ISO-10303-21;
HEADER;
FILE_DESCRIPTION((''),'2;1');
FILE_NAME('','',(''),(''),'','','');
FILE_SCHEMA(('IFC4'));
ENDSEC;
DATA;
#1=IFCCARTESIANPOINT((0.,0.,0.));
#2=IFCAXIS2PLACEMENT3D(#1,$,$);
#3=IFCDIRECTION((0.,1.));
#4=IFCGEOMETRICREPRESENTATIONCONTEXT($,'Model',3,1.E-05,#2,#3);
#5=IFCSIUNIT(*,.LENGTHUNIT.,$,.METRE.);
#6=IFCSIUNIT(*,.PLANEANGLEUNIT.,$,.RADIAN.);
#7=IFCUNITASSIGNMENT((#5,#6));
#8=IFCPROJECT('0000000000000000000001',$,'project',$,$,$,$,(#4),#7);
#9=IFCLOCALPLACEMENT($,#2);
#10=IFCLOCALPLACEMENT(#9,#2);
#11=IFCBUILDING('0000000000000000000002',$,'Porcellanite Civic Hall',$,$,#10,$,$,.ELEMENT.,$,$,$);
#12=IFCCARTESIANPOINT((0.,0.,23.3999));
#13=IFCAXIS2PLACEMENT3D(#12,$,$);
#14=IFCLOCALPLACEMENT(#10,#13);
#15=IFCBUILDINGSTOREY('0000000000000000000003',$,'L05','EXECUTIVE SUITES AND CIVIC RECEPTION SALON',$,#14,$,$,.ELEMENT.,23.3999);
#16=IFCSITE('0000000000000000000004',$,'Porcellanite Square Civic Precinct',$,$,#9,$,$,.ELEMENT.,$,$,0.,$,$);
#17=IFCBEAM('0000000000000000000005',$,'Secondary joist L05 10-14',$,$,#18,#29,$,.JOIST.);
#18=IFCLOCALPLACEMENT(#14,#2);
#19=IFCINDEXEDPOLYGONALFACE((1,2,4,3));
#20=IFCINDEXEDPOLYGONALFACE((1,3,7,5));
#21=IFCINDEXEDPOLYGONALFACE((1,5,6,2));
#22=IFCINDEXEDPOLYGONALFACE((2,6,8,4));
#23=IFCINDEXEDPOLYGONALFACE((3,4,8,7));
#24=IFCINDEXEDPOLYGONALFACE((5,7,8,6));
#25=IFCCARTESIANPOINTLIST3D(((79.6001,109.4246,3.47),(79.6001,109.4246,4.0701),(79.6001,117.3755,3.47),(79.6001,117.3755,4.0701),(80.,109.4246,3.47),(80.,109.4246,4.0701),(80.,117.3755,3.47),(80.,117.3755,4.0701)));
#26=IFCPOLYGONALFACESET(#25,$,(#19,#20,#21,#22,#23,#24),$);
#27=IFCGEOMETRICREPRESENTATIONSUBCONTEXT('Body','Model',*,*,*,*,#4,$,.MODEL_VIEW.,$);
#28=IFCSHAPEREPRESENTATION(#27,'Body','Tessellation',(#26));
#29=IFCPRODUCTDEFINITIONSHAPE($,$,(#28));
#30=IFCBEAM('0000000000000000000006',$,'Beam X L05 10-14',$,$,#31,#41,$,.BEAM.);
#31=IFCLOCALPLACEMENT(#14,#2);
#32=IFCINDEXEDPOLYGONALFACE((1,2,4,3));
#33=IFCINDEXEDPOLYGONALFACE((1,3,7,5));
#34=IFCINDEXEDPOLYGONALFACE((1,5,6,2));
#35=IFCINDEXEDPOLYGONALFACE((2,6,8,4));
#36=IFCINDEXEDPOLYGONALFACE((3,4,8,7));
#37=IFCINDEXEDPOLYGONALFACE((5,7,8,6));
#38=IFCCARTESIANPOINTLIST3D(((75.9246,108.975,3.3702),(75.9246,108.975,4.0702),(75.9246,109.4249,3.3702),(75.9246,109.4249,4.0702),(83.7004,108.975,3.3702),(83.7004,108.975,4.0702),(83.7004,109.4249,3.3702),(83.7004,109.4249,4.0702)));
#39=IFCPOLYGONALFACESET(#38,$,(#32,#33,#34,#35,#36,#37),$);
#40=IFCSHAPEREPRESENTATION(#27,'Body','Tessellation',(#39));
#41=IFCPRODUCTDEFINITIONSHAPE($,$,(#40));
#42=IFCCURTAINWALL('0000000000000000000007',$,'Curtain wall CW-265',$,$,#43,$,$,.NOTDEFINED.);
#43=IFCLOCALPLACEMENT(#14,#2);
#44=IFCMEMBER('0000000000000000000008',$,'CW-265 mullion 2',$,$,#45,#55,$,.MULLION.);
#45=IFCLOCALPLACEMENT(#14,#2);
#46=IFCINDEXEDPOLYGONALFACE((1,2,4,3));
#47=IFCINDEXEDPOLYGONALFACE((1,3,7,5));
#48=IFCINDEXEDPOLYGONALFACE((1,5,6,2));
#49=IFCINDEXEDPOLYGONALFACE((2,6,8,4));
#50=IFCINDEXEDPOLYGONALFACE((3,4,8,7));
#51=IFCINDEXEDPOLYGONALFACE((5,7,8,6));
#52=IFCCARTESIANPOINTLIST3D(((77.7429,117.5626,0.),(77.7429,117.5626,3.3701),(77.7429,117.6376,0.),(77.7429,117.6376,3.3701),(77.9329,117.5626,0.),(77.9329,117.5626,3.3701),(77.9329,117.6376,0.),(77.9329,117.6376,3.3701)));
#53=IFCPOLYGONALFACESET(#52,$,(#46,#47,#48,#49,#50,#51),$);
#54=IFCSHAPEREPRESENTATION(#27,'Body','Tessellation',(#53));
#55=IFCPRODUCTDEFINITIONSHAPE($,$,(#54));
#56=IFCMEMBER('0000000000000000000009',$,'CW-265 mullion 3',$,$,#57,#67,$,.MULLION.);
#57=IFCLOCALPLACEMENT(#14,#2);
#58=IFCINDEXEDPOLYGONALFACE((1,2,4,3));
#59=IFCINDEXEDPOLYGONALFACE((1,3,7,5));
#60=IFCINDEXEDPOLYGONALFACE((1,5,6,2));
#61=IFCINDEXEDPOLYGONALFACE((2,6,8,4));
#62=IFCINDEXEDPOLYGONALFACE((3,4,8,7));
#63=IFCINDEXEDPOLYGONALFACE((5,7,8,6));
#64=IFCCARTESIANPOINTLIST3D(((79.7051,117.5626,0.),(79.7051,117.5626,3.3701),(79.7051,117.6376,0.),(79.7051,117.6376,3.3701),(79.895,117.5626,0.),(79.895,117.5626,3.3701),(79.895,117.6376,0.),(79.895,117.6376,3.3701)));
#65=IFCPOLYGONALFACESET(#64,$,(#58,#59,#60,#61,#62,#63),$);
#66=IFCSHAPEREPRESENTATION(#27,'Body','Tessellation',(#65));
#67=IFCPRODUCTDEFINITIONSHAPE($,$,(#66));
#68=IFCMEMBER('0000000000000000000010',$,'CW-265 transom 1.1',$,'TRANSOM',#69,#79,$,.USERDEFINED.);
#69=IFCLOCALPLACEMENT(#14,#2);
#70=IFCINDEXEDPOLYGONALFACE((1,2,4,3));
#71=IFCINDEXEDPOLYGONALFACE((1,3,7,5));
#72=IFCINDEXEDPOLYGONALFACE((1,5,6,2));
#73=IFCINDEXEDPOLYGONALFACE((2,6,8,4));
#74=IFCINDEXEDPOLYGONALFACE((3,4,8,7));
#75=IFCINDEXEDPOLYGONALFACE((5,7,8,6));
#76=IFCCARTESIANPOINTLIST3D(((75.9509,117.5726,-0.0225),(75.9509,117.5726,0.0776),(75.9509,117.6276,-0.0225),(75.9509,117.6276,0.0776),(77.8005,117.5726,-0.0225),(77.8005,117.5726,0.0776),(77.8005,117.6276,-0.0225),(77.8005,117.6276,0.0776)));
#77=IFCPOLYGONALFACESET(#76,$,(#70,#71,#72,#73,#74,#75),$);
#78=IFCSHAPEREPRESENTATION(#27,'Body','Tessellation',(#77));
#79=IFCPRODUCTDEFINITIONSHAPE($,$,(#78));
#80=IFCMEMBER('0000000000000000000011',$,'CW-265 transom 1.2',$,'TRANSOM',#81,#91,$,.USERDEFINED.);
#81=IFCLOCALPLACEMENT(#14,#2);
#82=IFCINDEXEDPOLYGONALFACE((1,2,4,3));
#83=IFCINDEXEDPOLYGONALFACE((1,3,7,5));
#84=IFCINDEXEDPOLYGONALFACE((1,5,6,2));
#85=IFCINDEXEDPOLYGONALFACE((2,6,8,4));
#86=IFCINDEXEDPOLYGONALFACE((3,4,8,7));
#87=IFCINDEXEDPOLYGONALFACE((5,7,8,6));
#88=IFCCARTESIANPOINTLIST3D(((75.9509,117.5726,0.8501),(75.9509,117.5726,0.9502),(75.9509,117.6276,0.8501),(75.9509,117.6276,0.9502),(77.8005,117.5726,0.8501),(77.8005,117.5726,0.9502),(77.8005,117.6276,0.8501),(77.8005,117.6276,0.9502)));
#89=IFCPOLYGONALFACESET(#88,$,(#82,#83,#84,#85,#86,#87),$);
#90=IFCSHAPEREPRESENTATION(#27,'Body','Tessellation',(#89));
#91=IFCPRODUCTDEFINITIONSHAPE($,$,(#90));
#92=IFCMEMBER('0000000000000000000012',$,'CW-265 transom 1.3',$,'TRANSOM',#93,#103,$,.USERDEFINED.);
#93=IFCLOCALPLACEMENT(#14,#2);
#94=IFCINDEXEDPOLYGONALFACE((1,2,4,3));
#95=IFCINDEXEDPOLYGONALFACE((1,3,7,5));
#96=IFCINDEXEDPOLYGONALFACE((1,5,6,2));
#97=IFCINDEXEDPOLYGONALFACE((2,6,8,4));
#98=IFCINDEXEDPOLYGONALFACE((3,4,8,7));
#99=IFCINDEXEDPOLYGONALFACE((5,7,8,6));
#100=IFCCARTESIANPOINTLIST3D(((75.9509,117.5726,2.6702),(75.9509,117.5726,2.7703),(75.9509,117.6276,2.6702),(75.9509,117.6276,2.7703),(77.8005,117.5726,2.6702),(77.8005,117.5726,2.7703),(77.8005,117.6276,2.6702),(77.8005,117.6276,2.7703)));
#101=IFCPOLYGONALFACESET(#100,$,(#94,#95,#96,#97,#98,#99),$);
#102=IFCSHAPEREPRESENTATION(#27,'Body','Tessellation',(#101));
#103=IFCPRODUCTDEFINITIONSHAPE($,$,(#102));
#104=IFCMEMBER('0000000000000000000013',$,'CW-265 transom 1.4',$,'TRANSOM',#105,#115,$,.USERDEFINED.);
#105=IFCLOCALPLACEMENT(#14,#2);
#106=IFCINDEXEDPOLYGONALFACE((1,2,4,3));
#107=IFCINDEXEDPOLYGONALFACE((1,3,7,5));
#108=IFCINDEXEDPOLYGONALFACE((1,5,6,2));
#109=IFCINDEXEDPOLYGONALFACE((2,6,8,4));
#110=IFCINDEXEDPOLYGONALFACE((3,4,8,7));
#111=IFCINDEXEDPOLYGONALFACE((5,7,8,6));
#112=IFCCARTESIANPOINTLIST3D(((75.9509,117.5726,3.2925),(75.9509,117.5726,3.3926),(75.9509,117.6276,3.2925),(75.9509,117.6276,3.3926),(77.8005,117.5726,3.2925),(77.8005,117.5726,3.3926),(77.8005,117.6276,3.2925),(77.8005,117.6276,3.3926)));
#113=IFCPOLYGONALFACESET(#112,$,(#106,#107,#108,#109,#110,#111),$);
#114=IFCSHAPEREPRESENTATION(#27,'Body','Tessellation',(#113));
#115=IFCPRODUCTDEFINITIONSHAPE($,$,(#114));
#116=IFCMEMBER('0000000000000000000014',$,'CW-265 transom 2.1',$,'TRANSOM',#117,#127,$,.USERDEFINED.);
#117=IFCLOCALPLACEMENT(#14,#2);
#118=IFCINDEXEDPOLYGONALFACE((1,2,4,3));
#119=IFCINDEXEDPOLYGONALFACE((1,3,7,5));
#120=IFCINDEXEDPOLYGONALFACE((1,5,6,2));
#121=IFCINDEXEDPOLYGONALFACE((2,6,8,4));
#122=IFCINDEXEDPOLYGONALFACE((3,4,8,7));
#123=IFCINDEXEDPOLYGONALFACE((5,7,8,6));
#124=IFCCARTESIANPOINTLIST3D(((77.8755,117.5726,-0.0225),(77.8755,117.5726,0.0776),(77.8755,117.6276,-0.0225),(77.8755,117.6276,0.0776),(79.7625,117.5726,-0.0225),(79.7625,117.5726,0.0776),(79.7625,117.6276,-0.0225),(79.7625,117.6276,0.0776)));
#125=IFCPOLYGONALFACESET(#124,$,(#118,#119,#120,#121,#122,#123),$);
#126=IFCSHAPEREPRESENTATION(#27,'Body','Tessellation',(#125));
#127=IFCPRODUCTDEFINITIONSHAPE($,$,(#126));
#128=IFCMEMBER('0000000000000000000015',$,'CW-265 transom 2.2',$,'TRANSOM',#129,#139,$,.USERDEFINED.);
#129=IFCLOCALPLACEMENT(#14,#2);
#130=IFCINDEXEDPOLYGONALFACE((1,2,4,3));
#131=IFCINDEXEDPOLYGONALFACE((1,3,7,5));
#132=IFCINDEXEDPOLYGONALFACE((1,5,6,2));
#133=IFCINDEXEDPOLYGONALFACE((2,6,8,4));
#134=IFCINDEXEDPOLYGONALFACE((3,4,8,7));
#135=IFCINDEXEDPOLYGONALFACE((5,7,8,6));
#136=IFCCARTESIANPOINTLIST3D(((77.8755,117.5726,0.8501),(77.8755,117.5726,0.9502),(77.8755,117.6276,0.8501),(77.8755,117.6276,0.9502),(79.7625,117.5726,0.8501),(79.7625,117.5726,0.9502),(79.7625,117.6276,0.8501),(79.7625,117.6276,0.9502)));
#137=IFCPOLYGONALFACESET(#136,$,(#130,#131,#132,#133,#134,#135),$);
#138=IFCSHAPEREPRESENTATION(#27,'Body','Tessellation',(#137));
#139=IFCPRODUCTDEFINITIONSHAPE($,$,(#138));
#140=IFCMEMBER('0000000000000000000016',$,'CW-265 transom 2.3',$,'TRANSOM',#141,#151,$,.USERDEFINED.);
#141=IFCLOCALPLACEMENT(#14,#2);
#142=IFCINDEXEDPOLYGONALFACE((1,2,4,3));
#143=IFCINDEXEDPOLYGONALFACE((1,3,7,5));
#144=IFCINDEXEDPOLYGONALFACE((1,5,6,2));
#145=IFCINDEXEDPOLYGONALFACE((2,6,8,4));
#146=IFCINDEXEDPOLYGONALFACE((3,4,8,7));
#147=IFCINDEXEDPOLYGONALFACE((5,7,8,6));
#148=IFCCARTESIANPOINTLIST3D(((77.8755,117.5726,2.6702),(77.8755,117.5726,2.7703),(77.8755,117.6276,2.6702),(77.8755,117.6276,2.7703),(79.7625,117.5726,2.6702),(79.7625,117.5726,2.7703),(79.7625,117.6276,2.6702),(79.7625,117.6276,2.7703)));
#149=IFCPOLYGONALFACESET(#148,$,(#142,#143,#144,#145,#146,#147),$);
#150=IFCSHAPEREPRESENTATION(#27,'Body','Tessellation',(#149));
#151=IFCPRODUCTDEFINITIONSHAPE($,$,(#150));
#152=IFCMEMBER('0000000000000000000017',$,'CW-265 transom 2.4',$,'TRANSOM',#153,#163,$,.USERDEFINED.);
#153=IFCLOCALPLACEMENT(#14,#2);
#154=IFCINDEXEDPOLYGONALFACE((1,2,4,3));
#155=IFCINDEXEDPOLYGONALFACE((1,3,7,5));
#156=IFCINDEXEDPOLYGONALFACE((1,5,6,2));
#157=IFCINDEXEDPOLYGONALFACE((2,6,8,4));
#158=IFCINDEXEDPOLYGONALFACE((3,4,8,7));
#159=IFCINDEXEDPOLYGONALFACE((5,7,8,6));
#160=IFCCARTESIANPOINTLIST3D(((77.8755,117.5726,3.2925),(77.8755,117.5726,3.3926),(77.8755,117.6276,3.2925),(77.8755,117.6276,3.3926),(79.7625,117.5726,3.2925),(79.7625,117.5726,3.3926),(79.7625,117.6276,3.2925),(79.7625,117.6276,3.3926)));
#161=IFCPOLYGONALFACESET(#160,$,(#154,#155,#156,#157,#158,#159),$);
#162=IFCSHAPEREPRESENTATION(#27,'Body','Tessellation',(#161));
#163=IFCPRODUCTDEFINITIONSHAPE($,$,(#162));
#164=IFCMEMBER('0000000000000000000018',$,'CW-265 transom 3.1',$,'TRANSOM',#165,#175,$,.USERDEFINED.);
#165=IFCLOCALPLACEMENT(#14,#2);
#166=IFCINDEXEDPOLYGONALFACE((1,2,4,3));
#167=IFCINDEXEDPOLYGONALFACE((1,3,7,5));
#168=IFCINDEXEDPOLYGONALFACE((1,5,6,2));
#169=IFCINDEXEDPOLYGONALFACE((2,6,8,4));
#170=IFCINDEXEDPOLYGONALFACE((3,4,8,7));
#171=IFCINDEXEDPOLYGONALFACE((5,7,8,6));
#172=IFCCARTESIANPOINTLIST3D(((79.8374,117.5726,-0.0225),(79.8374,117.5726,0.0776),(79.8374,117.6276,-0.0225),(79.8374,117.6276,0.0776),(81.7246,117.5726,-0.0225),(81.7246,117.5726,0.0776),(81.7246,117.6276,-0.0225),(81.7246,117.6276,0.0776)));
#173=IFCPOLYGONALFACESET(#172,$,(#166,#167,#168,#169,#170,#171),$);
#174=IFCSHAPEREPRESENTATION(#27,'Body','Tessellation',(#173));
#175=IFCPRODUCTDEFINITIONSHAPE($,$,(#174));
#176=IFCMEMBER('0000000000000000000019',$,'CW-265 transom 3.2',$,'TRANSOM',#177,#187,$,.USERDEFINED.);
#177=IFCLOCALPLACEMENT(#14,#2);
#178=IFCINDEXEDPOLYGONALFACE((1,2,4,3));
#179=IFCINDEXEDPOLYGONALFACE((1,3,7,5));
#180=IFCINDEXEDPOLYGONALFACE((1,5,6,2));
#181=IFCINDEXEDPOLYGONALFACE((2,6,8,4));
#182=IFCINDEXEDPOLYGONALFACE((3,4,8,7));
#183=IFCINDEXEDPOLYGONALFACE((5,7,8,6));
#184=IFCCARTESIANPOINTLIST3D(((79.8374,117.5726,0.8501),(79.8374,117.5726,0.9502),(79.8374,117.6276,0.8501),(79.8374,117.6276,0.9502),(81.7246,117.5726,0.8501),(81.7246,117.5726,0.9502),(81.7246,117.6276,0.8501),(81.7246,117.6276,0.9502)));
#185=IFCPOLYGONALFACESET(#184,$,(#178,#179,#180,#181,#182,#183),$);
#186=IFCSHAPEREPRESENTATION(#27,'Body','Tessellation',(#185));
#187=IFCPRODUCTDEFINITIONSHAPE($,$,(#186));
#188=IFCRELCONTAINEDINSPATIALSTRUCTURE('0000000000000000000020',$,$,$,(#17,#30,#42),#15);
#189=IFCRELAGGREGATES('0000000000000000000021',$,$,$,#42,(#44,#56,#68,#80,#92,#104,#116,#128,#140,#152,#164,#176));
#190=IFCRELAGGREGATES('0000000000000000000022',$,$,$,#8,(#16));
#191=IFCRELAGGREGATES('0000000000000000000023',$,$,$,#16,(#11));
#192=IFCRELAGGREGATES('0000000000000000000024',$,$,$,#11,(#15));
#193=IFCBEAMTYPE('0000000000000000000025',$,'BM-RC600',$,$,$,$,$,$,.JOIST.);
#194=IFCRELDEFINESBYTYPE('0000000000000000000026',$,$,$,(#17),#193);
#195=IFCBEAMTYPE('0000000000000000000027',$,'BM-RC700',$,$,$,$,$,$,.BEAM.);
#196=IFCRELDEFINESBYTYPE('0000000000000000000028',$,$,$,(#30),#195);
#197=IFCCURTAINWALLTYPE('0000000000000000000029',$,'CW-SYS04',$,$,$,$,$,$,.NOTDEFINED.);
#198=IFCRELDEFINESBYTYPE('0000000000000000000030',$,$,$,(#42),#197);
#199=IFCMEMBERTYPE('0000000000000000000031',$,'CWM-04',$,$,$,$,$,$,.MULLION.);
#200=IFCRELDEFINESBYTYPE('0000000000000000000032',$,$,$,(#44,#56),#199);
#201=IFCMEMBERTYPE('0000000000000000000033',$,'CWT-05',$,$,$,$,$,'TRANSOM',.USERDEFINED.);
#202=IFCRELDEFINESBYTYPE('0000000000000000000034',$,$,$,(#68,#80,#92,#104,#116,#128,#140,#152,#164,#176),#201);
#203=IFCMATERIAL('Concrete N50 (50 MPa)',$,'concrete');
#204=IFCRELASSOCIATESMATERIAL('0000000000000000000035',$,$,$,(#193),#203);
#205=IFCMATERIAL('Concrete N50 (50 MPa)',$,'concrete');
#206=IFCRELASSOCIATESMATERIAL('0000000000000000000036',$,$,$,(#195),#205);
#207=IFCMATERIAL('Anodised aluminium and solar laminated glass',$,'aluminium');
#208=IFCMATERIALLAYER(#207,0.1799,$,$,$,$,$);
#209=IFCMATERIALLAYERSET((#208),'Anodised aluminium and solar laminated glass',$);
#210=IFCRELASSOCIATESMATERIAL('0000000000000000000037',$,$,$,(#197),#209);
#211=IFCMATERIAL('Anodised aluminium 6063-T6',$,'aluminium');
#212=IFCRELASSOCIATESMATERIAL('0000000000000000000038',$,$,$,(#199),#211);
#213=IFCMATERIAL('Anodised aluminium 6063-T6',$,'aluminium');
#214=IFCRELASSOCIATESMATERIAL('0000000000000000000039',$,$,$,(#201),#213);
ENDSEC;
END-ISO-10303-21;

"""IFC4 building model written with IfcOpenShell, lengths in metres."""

from ifc_helpers import new_model, si_unit, direction, frame, origin, origin_2d, place, context, subcontext, project, spatial, rectangle, extrude, material, layer, layer_set, material_profile, profile_set, type_object, element, aggregate, save


model = new_model("IFC4")

# Units and contexts
model_context = context("Model", 3, precision=1e-05, world=origin(), true_north=direction((0.0, 1.0)))
body_context = subcontext(model_context, "Body", "Model", "MODEL_VIEW")
ifc_project = project(units=[si_unit("LENGTHUNIT", "METRE"), si_unit("PLANEANGLEUNIT", "RADIAN")], contexts=[model_context])

# Site, building, storey
site_placement = place(None, origin())
site = spatial("IfcSite", under=ifc_project, at=site_placement, Name="Porcellanite Square Civic Precinct", CompositionType="ELEMENT", RefElevation=0.0)
building_placement = place(site_placement, origin())
building = spatial("IfcBuilding", under=site, at=building_placement, Name="Porcellanite Civic Hall", CompositionType="ELEMENT")
storey_placement = place(building_placement, frame((0.0, 0.0, 23.3999)))
storey = spatial("IfcBuildingStorey", under=building, at=storey_placement, Name="L05", Description="EXECUTIVE SUITES AND CIVIC RECEPTION SALON", CompositionType="ELEMENT", Elevation=23.3999)

# Beams
ifc_material_1 = material(Name="Concrete N50 (50 MPa)", Category="concrete")
ifc_material_profile_1 = material_profile(ifc_material_1, rectangle(XDim=0.3999, YDim=0.6001, at=origin_2d()), Name="RC-400x600")
ifc_profile_set_1 = profile_set([ifc_material_profile_1], Name="Concrete N50 (50 MPa)")
beam_type_1 = type_object("IfcBeamType", Name="BM-RC600", PredefinedType="JOIST", material=ifc_profile_set_1)
beam_1_placement = place(storey_placement, frame((79.8, 109.4246, 3.77), z_axis=(0.0, 1.0, 0.0), x_axis=(-1.0, 0.0, 0.0)))
element("IfcBeam", 1, at=beam_1_placement, inside=storey, type_object=beam_type_1, Name="Secondary joist L05 10-14", PredefinedType="JOIST", context=body_context, shape_type="SweptSolid", body=[
    extrude(rectangle(XDim=0.3999, YDim=0.6001, at=origin_2d()), origin(), (0.0, 0.0, 1.0), 7.9509),
])
ifc_material_2 = material(Name="Concrete N50 (50 MPa)", Category="concrete")
ifc_material_profile_2 = material_profile(ifc_material_2, rectangle(XDim=0.45, YDim=0.7, at=origin_2d()), Name="RC-450x700")
ifc_profile_set_2 = profile_set([ifc_material_profile_2], Name="Concrete N50 (50 MPa)")
beam_type_2 = type_object("IfcBeamType", Name="BM-RC700", PredefinedType="BEAM", material=ifc_profile_set_2)
beam_2_placement = place(storey_placement, frame((75.9246, 109.2, 3.7202), z_axis=(1.0, 0.0, 0.0), x_axis=(0.0, 1.0, 0.0)))
element("IfcBeam", 2, at=beam_2_placement, inside=storey, type_object=beam_type_2, Name="Beam X L05 10-14", PredefinedType="BEAM", context=body_context, shape_type="SweptSolid", body=[
    extrude(rectangle(XDim=0.45, YDim=0.7, at=origin_2d()), origin(), (0.0, 0.0, 1.0), 7.7759),
])

# Curtain wall, members
ifc_material_3 = material(Name="Anodised aluminium and solar laminated glass", Category="aluminium")
ifc_layer_1 = layer(ifc_material_3, 0.1799)
ifc_layer_set_1 = layer_set([ifc_layer_1], Name="Anodised aluminium and solar laminated glass")
curtain_wall_type = type_object("IfcCurtainWallType", Name="CW-SYS04", PredefinedType="NOTDEFINED", material=ifc_layer_set_1)
curtain_wall_placement = place(storey_placement, origin())
curtain_wall = element("IfcCurtainWall", 3, at=curtain_wall_placement, inside=storey, type_object=curtain_wall_type, Name="Curtain wall CW-265", PredefinedType="NOTDEFINED")
ifc_material_4 = material(Name="Anodised aluminium 6063-T6", Category="aluminium")
ifc_material_profile_3 = material_profile(ifc_material_4, rectangle(XDim=0.075, YDim=0.1899, at=origin_2d()), Name="AL-75x190")
ifc_profile_set_3 = profile_set([ifc_material_profile_3], Name="Anodised aluminium 6063-T6")
member_type_1 = type_object("IfcMemberType", Name="CWM-04", PredefinedType="MULLION", material=ifc_profile_set_3)
member_1_placement = place(storey_placement, frame((77.8379, 117.6001, 0.0), z_axis=(0.0, 0.0, 1.0), x_axis=(0.0, 1.0, 0.0)))
member_1 = element("IfcMember", 4, at=member_1_placement, type_object=member_type_1, Name="CW-265 mullion 2", PredefinedType="MULLION", context=body_context, shape_type="SweptSolid", body=[
    extrude(rectangle(XDim=0.075, YDim=0.1899, at=origin_2d()), origin(), (0.0, 0.0, 1.0), 3.3701),
])
member_2_placement = place(storey_placement, frame((79.8, 117.6001, 0.0), z_axis=(0.0, 0.0, 1.0), x_axis=(0.0, 1.0, 0.0)))
member_2 = element("IfcMember", 5, at=member_2_placement, type_object=member_type_1, Name="CW-265 mullion 3", PredefinedType="MULLION", context=body_context, shape_type="SweptSolid", body=[
    extrude(rectangle(XDim=0.075, YDim=0.1899, at=origin_2d()), origin(), (0.0, 0.0, 1.0), 3.3701),
])
ifc_material_5 = material(Name="Anodised aluminium 6063-T6", Category="aluminium")
ifc_material_profile_4 = material_profile(ifc_material_5, rectangle(XDim=0.0549, YDim=0.1001, at=origin_2d()), Name="AL-55x100")
ifc_profile_set_4 = profile_set([ifc_material_profile_4], Name="Anodised aluminium 6063-T6")
member_type_2 = type_object("IfcMemberType", Name="CWT-05", ElementType="TRANSOM", PredefinedType="USERDEFINED", material=ifc_profile_set_4)
member_3_placement = place(storey_placement, frame((75.9509, 117.6001, 0.0276), z_axis=(1.0, 0.0, 0.0), x_axis=(0.0, 1.0, 0.0)))
member_3 = element("IfcMember", 6, at=member_3_placement, type_object=member_type_2, Name="CW-265 transom 1.1", ObjectType="TRANSOM", PredefinedType="USERDEFINED", context=body_context, shape_type="SweptSolid", body=[
    extrude(rectangle(XDim=0.0549, YDim=0.1001, at=origin_2d()), origin(), (0.0, 0.0, 1.0), 1.8496),
])
member_4_placement = place(storey_placement, frame((75.9509, 117.6001, 0.9001), z_axis=(1.0, 0.0, 0.0), x_axis=(0.0, 1.0, 0.0)))
member_4 = element("IfcMember", 7, at=member_4_placement, type_object=member_type_2, Name="CW-265 transom 1.2", ObjectType="TRANSOM", PredefinedType="USERDEFINED", context=body_context, shape_type="SweptSolid", body=[
    extrude(rectangle(XDim=0.0549, YDim=0.1001, at=origin_2d()), origin(), (0.0, 0.0, 1.0), 1.8496),
])
member_5_placement = place(storey_placement, frame((75.9509, 117.6001, 2.7202), z_axis=(1.0, 0.0, 0.0), x_axis=(0.0, 1.0, 0.0)))
member_5 = element("IfcMember", 8, at=member_5_placement, type_object=member_type_2, Name="CW-265 transom 1.3", ObjectType="TRANSOM", PredefinedType="USERDEFINED", context=body_context, shape_type="SweptSolid", body=[
    extrude(rectangle(XDim=0.0549, YDim=0.1001, at=origin_2d()), origin(), (0.0, 0.0, 1.0), 1.8496),
])
member_6_placement = place(storey_placement, frame((75.9509, 117.6001, 3.3425), z_axis=(1.0, 0.0, 0.0), x_axis=(0.0, 1.0, 0.0)))
member_6 = element("IfcMember", 9, at=member_6_placement, type_object=member_type_2, Name="CW-265 transom 1.4", ObjectType="TRANSOM", PredefinedType="USERDEFINED", context=body_context, shape_type="SweptSolid", body=[
    extrude(rectangle(XDim=0.0549, YDim=0.1001, at=origin_2d()), origin(), (0.0, 0.0, 1.0), 1.8496),
])
member_7_placement = place(storey_placement, frame((77.8755, 117.6001, 0.0276), z_axis=(1.0, 0.0, 0.0), x_axis=(0.0, 1.0, 0.0)))
member_7 = element("IfcMember", 10, at=member_7_placement, type_object=member_type_2, Name="CW-265 transom 2.1", ObjectType="TRANSOM", PredefinedType="USERDEFINED", context=body_context, shape_type="SweptSolid", body=[
    extrude(rectangle(XDim=0.0549, YDim=0.1001, at=origin_2d()), origin(), (0.0, 0.0, 1.0), 1.887),
])
member_8_placement = place(storey_placement, frame((77.8755, 117.6001, 0.9001), z_axis=(1.0, 0.0, 0.0), x_axis=(0.0, 1.0, 0.0)))
member_8 = element("IfcMember", 11, at=member_8_placement, type_object=member_type_2, Name="CW-265 transom 2.2", ObjectType="TRANSOM", PredefinedType="USERDEFINED", context=body_context, shape_type="SweptSolid", body=[
    extrude(rectangle(XDim=0.0549, YDim=0.1001, at=origin_2d()), origin(), (0.0, 0.0, 1.0), 1.887),
])
member_9_placement = place(storey_placement, frame((77.8755, 117.6001, 2.7202), z_axis=(1.0, 0.0, 0.0), x_axis=(0.0, 1.0, 0.0)))
member_9 = element("IfcMember", 12, at=member_9_placement, type_object=member_type_2, Name="CW-265 transom 2.3", ObjectType="TRANSOM", PredefinedType="USERDEFINED", context=body_context, shape_type="SweptSolid", body=[
    extrude(rectangle(XDim=0.0549, YDim=0.1001, at=origin_2d()), origin(), (0.0, 0.0, 1.0), 1.887),
])
member_10_placement = place(storey_placement, frame((77.8755, 117.6001, 3.3425), z_axis=(1.0, 0.0, 0.0), x_axis=(0.0, 1.0, 0.0)))
member_10 = element("IfcMember", 13, at=member_10_placement, type_object=member_type_2, Name="CW-265 transom 2.4", ObjectType="TRANSOM", PredefinedType="USERDEFINED", context=body_context, shape_type="SweptSolid", body=[
    extrude(rectangle(XDim=0.0549, YDim=0.1001, at=origin_2d()), origin(), (0.0, 0.0, 1.0), 1.887),
])
member_11_placement = place(storey_placement, frame((79.8374, 117.6001, 0.0276), z_axis=(1.0, 0.0, 0.0), x_axis=(0.0, 1.0, 0.0)))
member_11 = element("IfcMember", 14, at=member_11_placement, type_object=member_type_2, Name="CW-265 transom 3.1", ObjectType="TRANSOM", PredefinedType="USERDEFINED", context=body_context, shape_type="SweptSolid", body=[
    extrude(rectangle(XDim=0.0549, YDim=0.1001, at=origin_2d()), origin(), (0.0, 0.0, 1.0), 1.8872),
])
member_12_placement = place(storey_placement, frame((79.8374, 117.6001, 0.9001), z_axis=(1.0, 0.0, 0.0), x_axis=(0.0, 1.0, 0.0)))
member_12 = element("IfcMember", 15, at=member_12_placement, type_object=member_type_2, Name="CW-265 transom 3.2", ObjectType="TRANSOM", PredefinedType="USERDEFINED", context=body_context, shape_type="SweptSolid", body=[
    extrude(rectangle(XDim=0.0549, YDim=0.1001, at=origin_2d()), origin(), (0.0, 0.0, 1.0), 1.8872),
])
aggregate(curtain_wall, [member_1, member_2, member_3, member_4, member_5, member_6, member_7, member_8, member_9, member_10, member_11, member_12])

save(model, "model.ifc")
